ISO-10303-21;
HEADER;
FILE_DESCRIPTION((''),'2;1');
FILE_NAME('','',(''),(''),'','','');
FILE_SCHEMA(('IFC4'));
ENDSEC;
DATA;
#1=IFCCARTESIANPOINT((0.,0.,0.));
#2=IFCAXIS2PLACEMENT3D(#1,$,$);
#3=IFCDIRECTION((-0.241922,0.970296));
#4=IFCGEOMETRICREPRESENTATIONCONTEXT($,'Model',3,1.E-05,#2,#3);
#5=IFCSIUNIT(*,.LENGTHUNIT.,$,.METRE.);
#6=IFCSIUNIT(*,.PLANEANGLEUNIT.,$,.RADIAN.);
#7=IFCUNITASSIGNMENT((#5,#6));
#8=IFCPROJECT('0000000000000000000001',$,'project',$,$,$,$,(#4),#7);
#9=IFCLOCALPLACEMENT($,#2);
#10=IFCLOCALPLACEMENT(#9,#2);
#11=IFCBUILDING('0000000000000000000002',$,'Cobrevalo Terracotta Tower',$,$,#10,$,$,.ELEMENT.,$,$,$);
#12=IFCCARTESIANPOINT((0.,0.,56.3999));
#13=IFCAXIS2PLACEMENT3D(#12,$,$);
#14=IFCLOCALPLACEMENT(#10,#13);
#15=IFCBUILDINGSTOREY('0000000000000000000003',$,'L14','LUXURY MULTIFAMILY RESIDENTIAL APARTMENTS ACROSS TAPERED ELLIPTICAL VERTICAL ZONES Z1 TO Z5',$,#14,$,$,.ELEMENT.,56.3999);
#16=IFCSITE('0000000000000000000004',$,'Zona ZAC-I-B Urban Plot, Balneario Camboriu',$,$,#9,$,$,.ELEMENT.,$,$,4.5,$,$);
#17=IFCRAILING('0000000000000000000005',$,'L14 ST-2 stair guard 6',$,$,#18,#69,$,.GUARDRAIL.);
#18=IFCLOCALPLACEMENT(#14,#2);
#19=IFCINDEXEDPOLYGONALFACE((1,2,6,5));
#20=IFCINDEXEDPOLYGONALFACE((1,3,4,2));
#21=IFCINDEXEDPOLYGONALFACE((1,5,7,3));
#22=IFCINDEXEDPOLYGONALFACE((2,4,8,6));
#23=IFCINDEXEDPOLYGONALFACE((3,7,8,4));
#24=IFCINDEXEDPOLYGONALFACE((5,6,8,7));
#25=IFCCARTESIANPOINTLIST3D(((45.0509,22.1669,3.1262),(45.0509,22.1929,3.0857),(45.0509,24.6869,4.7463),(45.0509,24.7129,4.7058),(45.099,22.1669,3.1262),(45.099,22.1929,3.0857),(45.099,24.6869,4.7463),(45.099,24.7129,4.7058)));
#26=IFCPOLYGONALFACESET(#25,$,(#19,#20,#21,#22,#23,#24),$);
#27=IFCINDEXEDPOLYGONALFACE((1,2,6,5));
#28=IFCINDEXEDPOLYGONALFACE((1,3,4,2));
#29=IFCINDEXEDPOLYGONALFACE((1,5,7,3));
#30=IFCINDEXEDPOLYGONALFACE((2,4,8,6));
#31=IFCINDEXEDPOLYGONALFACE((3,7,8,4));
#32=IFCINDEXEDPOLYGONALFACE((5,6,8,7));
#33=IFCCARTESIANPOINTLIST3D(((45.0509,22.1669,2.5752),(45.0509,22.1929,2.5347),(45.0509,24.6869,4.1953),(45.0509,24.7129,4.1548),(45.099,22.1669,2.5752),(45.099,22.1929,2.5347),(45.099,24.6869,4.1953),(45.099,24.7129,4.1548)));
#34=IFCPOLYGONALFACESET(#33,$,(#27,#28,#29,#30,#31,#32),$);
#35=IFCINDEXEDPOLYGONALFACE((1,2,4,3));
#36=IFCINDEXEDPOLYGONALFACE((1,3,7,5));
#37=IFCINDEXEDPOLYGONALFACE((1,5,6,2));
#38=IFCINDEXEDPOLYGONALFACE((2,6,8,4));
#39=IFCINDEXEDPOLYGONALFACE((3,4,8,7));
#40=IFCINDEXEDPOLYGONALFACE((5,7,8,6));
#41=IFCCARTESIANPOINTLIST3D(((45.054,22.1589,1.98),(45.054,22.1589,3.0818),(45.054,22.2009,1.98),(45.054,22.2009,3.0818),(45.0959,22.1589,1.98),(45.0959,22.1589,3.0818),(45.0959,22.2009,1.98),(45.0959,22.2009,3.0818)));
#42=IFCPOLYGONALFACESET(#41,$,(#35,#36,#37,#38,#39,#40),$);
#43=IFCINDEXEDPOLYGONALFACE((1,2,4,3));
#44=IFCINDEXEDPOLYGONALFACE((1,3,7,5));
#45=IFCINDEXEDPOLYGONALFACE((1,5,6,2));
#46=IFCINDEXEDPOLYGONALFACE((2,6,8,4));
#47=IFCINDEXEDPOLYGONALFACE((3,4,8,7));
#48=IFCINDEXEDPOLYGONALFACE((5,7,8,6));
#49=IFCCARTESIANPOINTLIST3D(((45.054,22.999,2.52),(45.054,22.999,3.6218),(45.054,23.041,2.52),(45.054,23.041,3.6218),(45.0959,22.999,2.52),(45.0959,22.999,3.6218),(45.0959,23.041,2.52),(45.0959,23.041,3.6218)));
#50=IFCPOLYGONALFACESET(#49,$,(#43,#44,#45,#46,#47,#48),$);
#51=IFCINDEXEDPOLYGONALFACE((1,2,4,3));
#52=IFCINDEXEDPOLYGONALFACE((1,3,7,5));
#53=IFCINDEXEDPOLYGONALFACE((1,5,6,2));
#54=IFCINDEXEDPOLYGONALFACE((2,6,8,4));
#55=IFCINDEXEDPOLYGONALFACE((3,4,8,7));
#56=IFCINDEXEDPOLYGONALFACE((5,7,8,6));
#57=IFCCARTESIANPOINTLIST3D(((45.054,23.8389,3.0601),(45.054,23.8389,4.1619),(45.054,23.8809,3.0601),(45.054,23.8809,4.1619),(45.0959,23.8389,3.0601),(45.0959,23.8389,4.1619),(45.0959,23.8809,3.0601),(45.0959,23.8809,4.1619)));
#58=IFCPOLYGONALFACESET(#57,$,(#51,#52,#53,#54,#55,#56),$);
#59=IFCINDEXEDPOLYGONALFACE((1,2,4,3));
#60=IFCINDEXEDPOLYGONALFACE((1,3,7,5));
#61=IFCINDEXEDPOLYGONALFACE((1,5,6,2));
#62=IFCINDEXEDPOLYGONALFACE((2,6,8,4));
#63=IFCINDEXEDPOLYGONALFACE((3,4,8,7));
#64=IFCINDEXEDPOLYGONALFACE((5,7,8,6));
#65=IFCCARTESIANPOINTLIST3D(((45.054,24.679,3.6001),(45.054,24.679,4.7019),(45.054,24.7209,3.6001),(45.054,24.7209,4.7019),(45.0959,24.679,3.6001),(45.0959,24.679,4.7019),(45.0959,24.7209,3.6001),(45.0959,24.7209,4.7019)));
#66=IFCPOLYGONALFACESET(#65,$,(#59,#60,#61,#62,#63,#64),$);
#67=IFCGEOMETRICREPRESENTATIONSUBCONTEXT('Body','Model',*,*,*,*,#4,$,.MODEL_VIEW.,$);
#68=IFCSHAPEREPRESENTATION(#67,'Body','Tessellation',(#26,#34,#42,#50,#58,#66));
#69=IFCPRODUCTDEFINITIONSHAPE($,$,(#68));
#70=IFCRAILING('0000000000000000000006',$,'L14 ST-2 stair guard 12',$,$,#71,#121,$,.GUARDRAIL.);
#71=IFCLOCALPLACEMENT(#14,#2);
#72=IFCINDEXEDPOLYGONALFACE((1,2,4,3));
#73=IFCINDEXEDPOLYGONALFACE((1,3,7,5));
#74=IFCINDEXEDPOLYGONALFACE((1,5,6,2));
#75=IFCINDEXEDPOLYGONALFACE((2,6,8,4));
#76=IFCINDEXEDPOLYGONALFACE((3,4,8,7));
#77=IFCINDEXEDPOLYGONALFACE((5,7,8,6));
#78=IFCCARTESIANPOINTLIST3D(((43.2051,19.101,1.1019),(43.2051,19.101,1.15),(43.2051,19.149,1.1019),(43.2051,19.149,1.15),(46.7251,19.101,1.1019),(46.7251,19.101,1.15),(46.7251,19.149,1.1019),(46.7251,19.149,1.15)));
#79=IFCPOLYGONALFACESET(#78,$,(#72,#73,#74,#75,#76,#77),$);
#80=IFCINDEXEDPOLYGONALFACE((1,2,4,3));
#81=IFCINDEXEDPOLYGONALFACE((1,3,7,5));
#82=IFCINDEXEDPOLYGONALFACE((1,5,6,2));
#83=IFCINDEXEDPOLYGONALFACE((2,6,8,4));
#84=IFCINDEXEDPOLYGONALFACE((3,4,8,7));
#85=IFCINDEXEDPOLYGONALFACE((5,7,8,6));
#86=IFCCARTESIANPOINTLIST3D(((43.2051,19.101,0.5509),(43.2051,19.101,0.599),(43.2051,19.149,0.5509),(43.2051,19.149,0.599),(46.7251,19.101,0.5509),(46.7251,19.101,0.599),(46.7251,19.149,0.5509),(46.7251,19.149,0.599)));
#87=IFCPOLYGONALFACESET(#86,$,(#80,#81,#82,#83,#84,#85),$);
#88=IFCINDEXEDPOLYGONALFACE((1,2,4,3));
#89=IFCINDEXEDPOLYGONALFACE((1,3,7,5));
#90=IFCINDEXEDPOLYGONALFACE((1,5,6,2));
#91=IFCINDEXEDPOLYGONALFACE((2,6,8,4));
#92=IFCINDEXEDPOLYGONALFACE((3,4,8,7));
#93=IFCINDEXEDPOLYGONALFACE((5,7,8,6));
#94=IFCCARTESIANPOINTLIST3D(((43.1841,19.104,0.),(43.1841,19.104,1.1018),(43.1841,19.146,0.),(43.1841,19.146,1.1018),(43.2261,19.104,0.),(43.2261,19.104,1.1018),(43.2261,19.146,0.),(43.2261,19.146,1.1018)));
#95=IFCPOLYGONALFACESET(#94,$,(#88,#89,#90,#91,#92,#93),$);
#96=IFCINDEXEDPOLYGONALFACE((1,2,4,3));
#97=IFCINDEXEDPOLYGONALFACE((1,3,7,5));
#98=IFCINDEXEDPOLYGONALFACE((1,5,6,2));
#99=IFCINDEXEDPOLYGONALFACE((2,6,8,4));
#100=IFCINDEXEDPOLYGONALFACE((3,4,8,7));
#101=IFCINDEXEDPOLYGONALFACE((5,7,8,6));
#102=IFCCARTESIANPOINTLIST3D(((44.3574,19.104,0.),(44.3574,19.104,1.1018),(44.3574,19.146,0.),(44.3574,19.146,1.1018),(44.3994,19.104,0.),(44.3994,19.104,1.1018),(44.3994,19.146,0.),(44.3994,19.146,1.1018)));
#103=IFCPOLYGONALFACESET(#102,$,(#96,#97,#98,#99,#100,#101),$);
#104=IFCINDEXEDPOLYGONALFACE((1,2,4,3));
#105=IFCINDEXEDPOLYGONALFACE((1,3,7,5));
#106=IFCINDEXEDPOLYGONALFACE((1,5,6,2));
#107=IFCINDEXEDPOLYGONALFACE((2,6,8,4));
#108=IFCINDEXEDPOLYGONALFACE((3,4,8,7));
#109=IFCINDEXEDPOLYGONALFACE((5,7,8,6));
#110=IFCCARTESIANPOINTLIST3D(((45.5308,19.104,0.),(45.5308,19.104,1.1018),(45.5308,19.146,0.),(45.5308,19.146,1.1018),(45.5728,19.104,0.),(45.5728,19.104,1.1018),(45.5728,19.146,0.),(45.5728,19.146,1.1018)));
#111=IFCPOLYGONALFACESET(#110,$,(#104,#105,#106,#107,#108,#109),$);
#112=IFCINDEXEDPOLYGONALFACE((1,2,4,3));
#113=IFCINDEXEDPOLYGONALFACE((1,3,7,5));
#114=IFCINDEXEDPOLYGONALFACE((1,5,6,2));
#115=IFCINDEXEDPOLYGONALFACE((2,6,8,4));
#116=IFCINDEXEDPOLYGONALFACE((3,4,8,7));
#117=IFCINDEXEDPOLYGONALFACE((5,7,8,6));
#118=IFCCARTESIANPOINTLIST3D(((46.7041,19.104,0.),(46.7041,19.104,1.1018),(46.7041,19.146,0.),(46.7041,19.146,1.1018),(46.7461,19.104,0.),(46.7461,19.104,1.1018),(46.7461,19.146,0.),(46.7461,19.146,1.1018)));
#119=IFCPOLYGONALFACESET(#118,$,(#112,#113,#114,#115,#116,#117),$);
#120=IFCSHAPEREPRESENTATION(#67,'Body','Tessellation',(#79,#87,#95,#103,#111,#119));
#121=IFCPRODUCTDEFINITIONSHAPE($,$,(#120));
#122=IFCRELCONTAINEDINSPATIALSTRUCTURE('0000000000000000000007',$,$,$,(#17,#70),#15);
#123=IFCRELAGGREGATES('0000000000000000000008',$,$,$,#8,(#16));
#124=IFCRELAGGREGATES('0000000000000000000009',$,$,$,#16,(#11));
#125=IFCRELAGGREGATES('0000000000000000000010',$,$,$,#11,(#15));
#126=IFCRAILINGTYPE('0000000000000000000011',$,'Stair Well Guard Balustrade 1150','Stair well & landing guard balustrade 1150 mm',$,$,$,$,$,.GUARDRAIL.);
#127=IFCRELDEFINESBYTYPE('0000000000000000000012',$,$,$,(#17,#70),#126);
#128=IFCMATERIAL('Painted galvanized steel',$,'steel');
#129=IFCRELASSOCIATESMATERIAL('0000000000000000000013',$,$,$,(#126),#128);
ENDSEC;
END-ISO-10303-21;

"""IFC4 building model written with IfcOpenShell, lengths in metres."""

from ifc_helpers import new_model, si_unit, direction, frame, origin, origin_2d, place, context, subcontext, project, spatial, rectangle, extrude, material, type_object, element, save


model = new_model("IFC4")

# Units and contexts
model_context = context("Model", 3, precision=1e-05, world=origin(), true_north=direction((-0.241922, 0.970296)))
body_context = subcontext(model_context, "Body", "Model", "MODEL_VIEW")
ifc_project = project(units=[si_unit("LENGTHUNIT", "METRE"), si_unit("PLANEANGLEUNIT", "RADIAN")], contexts=[model_context])

# Site, building, storey
site_placement = place(None, origin())
site = spatial("IfcSite", under=ifc_project, at=site_placement, Name="Zona ZAC-I-B Urban Plot, Balneario Camboriu", CompositionType="ELEMENT", RefElevation=4.5)
building_placement = place(site_placement, origin())
building = spatial("IfcBuilding", under=site, at=building_placement, Name="Cobrevalo Terracotta Tower", CompositionType="ELEMENT")
storey_placement = place(building_placement, frame((0.0, 0.0, 56.3999)))
storey = spatial("IfcBuildingStorey", under=building, at=storey_placement, Name="L14", Description="LUXURY MULTIFAMILY RESIDENTIAL APARTMENTS ACROSS TAPERED ELLIPTICAL VERTICAL ZONES Z1 TO Z5", CompositionType="ELEMENT", Elevation=56.3999)

# Railings
ifc_material_1 = material(Name="Painted galvanized steel", Category="steel")
railing_type_1 = type_object("IfcRailingType", Name="Stair Well Guard Balustrade 1150", Description="Stair well & landing guard balustrade 1150 mm", PredefinedType="GUARDRAIL", material=ifc_material_1)
railing_1_placement = place(storey_placement, frame((45.075, 22.1799, 1.98)))
element("IfcRailing", 1, at=railing_1_placement, inside=storey, type_object=railing_type_1, Name="L14 ST-2 stair guard 6", PredefinedType="GUARDRAIL", context=body_context, shape_type="SweptSolid", body=[
    extrude(rectangle(XDim=0.0481, YDim=0.0481, at=origin_2d()), frame((0.0, 0.0, 1.126), z_axis=(0.0, 0.841163, 0.540782), x_axis=(-1.0, 0.0, 0.0)), (0.0, 0.0, 1.0), 2.9958),
    extrude(rectangle(XDim=0.0481, YDim=0.0481, at=origin_2d()), frame((0.0, 0.0, 0.575), z_axis=(0.0, 0.841163, 0.540782), x_axis=(-1.0, 0.0, 0.0)), (0.0, 0.0, 1.0), 2.9958),
    extrude(rectangle(XDim=0.042, YDim=0.042, at=origin_2d()), origin(), (0.0, 0.0, 1.0), 1.1018),
    extrude(rectangle(XDim=0.042, YDim=0.042, at=origin_2d()), frame((0.0, 0.8401, 0.54)), (0.0, 0.0, 1.0), 1.1018),
    extrude(rectangle(XDim=0.042, YDim=0.042, at=origin_2d()), frame((0.0, 1.6799, 1.0801)), (0.0, 0.0, 1.0), 1.1018),
    extrude(rectangle(XDim=0.042, YDim=0.042, at=origin_2d()), frame((0.0, 2.52, 1.6201)), (0.0, 0.0, 1.0), 1.1018),
])
railing_2_placement = place(storey_placement, frame((43.2051, 19.125, 0.0)))
element("IfcRailing", 2, at=railing_2_placement, inside=storey, type_object=railing_type_1, Name="L14 ST-2 stair guard 12", PredefinedType="GUARDRAIL", context=body_context, shape_type="SweptSolid", body=[
    extrude(rectangle(XDim=0.0481, YDim=0.0481, at=origin_2d()), frame((0.0, 0.0, 1.126), z_axis=(1.0, 0.0, 0.0), x_axis=(0.0, 1.0, 0.0)), (0.0, 0.0, 1.0), 3.52),
    extrude(rectangle(XDim=0.0481, YDim=0.0481, at=origin_2d()), frame((0.0, 0.0, 0.575), z_axis=(1.0, 0.0, 0.0), x_axis=(0.0, 1.0, 0.0)), (0.0, 0.0, 1.0), 3.52),
    extrude(rectangle(XDim=0.042, YDim=0.042, at=origin_2d()), origin(), (0.0, 0.0, 1.0), 1.1018),
    extrude(rectangle(XDim=0.042, YDim=0.042, at=origin_2d()), frame((1.1733, 0.0, 0.0)), (0.0, 0.0, 1.0), 1.1018),
    extrude(rectangle(XDim=0.042, YDim=0.042, at=origin_2d()), frame((2.3467, 0.0, 0.0)), (0.0, 0.0, 1.0), 1.1018),
    extrude(rectangle(XDim=0.042, YDim=0.042, at=origin_2d()), frame((3.52, 0.0, 0.0)), (0.0, 0.0, 1.0), 1.1018),
])

save(model, "model.ifc")
